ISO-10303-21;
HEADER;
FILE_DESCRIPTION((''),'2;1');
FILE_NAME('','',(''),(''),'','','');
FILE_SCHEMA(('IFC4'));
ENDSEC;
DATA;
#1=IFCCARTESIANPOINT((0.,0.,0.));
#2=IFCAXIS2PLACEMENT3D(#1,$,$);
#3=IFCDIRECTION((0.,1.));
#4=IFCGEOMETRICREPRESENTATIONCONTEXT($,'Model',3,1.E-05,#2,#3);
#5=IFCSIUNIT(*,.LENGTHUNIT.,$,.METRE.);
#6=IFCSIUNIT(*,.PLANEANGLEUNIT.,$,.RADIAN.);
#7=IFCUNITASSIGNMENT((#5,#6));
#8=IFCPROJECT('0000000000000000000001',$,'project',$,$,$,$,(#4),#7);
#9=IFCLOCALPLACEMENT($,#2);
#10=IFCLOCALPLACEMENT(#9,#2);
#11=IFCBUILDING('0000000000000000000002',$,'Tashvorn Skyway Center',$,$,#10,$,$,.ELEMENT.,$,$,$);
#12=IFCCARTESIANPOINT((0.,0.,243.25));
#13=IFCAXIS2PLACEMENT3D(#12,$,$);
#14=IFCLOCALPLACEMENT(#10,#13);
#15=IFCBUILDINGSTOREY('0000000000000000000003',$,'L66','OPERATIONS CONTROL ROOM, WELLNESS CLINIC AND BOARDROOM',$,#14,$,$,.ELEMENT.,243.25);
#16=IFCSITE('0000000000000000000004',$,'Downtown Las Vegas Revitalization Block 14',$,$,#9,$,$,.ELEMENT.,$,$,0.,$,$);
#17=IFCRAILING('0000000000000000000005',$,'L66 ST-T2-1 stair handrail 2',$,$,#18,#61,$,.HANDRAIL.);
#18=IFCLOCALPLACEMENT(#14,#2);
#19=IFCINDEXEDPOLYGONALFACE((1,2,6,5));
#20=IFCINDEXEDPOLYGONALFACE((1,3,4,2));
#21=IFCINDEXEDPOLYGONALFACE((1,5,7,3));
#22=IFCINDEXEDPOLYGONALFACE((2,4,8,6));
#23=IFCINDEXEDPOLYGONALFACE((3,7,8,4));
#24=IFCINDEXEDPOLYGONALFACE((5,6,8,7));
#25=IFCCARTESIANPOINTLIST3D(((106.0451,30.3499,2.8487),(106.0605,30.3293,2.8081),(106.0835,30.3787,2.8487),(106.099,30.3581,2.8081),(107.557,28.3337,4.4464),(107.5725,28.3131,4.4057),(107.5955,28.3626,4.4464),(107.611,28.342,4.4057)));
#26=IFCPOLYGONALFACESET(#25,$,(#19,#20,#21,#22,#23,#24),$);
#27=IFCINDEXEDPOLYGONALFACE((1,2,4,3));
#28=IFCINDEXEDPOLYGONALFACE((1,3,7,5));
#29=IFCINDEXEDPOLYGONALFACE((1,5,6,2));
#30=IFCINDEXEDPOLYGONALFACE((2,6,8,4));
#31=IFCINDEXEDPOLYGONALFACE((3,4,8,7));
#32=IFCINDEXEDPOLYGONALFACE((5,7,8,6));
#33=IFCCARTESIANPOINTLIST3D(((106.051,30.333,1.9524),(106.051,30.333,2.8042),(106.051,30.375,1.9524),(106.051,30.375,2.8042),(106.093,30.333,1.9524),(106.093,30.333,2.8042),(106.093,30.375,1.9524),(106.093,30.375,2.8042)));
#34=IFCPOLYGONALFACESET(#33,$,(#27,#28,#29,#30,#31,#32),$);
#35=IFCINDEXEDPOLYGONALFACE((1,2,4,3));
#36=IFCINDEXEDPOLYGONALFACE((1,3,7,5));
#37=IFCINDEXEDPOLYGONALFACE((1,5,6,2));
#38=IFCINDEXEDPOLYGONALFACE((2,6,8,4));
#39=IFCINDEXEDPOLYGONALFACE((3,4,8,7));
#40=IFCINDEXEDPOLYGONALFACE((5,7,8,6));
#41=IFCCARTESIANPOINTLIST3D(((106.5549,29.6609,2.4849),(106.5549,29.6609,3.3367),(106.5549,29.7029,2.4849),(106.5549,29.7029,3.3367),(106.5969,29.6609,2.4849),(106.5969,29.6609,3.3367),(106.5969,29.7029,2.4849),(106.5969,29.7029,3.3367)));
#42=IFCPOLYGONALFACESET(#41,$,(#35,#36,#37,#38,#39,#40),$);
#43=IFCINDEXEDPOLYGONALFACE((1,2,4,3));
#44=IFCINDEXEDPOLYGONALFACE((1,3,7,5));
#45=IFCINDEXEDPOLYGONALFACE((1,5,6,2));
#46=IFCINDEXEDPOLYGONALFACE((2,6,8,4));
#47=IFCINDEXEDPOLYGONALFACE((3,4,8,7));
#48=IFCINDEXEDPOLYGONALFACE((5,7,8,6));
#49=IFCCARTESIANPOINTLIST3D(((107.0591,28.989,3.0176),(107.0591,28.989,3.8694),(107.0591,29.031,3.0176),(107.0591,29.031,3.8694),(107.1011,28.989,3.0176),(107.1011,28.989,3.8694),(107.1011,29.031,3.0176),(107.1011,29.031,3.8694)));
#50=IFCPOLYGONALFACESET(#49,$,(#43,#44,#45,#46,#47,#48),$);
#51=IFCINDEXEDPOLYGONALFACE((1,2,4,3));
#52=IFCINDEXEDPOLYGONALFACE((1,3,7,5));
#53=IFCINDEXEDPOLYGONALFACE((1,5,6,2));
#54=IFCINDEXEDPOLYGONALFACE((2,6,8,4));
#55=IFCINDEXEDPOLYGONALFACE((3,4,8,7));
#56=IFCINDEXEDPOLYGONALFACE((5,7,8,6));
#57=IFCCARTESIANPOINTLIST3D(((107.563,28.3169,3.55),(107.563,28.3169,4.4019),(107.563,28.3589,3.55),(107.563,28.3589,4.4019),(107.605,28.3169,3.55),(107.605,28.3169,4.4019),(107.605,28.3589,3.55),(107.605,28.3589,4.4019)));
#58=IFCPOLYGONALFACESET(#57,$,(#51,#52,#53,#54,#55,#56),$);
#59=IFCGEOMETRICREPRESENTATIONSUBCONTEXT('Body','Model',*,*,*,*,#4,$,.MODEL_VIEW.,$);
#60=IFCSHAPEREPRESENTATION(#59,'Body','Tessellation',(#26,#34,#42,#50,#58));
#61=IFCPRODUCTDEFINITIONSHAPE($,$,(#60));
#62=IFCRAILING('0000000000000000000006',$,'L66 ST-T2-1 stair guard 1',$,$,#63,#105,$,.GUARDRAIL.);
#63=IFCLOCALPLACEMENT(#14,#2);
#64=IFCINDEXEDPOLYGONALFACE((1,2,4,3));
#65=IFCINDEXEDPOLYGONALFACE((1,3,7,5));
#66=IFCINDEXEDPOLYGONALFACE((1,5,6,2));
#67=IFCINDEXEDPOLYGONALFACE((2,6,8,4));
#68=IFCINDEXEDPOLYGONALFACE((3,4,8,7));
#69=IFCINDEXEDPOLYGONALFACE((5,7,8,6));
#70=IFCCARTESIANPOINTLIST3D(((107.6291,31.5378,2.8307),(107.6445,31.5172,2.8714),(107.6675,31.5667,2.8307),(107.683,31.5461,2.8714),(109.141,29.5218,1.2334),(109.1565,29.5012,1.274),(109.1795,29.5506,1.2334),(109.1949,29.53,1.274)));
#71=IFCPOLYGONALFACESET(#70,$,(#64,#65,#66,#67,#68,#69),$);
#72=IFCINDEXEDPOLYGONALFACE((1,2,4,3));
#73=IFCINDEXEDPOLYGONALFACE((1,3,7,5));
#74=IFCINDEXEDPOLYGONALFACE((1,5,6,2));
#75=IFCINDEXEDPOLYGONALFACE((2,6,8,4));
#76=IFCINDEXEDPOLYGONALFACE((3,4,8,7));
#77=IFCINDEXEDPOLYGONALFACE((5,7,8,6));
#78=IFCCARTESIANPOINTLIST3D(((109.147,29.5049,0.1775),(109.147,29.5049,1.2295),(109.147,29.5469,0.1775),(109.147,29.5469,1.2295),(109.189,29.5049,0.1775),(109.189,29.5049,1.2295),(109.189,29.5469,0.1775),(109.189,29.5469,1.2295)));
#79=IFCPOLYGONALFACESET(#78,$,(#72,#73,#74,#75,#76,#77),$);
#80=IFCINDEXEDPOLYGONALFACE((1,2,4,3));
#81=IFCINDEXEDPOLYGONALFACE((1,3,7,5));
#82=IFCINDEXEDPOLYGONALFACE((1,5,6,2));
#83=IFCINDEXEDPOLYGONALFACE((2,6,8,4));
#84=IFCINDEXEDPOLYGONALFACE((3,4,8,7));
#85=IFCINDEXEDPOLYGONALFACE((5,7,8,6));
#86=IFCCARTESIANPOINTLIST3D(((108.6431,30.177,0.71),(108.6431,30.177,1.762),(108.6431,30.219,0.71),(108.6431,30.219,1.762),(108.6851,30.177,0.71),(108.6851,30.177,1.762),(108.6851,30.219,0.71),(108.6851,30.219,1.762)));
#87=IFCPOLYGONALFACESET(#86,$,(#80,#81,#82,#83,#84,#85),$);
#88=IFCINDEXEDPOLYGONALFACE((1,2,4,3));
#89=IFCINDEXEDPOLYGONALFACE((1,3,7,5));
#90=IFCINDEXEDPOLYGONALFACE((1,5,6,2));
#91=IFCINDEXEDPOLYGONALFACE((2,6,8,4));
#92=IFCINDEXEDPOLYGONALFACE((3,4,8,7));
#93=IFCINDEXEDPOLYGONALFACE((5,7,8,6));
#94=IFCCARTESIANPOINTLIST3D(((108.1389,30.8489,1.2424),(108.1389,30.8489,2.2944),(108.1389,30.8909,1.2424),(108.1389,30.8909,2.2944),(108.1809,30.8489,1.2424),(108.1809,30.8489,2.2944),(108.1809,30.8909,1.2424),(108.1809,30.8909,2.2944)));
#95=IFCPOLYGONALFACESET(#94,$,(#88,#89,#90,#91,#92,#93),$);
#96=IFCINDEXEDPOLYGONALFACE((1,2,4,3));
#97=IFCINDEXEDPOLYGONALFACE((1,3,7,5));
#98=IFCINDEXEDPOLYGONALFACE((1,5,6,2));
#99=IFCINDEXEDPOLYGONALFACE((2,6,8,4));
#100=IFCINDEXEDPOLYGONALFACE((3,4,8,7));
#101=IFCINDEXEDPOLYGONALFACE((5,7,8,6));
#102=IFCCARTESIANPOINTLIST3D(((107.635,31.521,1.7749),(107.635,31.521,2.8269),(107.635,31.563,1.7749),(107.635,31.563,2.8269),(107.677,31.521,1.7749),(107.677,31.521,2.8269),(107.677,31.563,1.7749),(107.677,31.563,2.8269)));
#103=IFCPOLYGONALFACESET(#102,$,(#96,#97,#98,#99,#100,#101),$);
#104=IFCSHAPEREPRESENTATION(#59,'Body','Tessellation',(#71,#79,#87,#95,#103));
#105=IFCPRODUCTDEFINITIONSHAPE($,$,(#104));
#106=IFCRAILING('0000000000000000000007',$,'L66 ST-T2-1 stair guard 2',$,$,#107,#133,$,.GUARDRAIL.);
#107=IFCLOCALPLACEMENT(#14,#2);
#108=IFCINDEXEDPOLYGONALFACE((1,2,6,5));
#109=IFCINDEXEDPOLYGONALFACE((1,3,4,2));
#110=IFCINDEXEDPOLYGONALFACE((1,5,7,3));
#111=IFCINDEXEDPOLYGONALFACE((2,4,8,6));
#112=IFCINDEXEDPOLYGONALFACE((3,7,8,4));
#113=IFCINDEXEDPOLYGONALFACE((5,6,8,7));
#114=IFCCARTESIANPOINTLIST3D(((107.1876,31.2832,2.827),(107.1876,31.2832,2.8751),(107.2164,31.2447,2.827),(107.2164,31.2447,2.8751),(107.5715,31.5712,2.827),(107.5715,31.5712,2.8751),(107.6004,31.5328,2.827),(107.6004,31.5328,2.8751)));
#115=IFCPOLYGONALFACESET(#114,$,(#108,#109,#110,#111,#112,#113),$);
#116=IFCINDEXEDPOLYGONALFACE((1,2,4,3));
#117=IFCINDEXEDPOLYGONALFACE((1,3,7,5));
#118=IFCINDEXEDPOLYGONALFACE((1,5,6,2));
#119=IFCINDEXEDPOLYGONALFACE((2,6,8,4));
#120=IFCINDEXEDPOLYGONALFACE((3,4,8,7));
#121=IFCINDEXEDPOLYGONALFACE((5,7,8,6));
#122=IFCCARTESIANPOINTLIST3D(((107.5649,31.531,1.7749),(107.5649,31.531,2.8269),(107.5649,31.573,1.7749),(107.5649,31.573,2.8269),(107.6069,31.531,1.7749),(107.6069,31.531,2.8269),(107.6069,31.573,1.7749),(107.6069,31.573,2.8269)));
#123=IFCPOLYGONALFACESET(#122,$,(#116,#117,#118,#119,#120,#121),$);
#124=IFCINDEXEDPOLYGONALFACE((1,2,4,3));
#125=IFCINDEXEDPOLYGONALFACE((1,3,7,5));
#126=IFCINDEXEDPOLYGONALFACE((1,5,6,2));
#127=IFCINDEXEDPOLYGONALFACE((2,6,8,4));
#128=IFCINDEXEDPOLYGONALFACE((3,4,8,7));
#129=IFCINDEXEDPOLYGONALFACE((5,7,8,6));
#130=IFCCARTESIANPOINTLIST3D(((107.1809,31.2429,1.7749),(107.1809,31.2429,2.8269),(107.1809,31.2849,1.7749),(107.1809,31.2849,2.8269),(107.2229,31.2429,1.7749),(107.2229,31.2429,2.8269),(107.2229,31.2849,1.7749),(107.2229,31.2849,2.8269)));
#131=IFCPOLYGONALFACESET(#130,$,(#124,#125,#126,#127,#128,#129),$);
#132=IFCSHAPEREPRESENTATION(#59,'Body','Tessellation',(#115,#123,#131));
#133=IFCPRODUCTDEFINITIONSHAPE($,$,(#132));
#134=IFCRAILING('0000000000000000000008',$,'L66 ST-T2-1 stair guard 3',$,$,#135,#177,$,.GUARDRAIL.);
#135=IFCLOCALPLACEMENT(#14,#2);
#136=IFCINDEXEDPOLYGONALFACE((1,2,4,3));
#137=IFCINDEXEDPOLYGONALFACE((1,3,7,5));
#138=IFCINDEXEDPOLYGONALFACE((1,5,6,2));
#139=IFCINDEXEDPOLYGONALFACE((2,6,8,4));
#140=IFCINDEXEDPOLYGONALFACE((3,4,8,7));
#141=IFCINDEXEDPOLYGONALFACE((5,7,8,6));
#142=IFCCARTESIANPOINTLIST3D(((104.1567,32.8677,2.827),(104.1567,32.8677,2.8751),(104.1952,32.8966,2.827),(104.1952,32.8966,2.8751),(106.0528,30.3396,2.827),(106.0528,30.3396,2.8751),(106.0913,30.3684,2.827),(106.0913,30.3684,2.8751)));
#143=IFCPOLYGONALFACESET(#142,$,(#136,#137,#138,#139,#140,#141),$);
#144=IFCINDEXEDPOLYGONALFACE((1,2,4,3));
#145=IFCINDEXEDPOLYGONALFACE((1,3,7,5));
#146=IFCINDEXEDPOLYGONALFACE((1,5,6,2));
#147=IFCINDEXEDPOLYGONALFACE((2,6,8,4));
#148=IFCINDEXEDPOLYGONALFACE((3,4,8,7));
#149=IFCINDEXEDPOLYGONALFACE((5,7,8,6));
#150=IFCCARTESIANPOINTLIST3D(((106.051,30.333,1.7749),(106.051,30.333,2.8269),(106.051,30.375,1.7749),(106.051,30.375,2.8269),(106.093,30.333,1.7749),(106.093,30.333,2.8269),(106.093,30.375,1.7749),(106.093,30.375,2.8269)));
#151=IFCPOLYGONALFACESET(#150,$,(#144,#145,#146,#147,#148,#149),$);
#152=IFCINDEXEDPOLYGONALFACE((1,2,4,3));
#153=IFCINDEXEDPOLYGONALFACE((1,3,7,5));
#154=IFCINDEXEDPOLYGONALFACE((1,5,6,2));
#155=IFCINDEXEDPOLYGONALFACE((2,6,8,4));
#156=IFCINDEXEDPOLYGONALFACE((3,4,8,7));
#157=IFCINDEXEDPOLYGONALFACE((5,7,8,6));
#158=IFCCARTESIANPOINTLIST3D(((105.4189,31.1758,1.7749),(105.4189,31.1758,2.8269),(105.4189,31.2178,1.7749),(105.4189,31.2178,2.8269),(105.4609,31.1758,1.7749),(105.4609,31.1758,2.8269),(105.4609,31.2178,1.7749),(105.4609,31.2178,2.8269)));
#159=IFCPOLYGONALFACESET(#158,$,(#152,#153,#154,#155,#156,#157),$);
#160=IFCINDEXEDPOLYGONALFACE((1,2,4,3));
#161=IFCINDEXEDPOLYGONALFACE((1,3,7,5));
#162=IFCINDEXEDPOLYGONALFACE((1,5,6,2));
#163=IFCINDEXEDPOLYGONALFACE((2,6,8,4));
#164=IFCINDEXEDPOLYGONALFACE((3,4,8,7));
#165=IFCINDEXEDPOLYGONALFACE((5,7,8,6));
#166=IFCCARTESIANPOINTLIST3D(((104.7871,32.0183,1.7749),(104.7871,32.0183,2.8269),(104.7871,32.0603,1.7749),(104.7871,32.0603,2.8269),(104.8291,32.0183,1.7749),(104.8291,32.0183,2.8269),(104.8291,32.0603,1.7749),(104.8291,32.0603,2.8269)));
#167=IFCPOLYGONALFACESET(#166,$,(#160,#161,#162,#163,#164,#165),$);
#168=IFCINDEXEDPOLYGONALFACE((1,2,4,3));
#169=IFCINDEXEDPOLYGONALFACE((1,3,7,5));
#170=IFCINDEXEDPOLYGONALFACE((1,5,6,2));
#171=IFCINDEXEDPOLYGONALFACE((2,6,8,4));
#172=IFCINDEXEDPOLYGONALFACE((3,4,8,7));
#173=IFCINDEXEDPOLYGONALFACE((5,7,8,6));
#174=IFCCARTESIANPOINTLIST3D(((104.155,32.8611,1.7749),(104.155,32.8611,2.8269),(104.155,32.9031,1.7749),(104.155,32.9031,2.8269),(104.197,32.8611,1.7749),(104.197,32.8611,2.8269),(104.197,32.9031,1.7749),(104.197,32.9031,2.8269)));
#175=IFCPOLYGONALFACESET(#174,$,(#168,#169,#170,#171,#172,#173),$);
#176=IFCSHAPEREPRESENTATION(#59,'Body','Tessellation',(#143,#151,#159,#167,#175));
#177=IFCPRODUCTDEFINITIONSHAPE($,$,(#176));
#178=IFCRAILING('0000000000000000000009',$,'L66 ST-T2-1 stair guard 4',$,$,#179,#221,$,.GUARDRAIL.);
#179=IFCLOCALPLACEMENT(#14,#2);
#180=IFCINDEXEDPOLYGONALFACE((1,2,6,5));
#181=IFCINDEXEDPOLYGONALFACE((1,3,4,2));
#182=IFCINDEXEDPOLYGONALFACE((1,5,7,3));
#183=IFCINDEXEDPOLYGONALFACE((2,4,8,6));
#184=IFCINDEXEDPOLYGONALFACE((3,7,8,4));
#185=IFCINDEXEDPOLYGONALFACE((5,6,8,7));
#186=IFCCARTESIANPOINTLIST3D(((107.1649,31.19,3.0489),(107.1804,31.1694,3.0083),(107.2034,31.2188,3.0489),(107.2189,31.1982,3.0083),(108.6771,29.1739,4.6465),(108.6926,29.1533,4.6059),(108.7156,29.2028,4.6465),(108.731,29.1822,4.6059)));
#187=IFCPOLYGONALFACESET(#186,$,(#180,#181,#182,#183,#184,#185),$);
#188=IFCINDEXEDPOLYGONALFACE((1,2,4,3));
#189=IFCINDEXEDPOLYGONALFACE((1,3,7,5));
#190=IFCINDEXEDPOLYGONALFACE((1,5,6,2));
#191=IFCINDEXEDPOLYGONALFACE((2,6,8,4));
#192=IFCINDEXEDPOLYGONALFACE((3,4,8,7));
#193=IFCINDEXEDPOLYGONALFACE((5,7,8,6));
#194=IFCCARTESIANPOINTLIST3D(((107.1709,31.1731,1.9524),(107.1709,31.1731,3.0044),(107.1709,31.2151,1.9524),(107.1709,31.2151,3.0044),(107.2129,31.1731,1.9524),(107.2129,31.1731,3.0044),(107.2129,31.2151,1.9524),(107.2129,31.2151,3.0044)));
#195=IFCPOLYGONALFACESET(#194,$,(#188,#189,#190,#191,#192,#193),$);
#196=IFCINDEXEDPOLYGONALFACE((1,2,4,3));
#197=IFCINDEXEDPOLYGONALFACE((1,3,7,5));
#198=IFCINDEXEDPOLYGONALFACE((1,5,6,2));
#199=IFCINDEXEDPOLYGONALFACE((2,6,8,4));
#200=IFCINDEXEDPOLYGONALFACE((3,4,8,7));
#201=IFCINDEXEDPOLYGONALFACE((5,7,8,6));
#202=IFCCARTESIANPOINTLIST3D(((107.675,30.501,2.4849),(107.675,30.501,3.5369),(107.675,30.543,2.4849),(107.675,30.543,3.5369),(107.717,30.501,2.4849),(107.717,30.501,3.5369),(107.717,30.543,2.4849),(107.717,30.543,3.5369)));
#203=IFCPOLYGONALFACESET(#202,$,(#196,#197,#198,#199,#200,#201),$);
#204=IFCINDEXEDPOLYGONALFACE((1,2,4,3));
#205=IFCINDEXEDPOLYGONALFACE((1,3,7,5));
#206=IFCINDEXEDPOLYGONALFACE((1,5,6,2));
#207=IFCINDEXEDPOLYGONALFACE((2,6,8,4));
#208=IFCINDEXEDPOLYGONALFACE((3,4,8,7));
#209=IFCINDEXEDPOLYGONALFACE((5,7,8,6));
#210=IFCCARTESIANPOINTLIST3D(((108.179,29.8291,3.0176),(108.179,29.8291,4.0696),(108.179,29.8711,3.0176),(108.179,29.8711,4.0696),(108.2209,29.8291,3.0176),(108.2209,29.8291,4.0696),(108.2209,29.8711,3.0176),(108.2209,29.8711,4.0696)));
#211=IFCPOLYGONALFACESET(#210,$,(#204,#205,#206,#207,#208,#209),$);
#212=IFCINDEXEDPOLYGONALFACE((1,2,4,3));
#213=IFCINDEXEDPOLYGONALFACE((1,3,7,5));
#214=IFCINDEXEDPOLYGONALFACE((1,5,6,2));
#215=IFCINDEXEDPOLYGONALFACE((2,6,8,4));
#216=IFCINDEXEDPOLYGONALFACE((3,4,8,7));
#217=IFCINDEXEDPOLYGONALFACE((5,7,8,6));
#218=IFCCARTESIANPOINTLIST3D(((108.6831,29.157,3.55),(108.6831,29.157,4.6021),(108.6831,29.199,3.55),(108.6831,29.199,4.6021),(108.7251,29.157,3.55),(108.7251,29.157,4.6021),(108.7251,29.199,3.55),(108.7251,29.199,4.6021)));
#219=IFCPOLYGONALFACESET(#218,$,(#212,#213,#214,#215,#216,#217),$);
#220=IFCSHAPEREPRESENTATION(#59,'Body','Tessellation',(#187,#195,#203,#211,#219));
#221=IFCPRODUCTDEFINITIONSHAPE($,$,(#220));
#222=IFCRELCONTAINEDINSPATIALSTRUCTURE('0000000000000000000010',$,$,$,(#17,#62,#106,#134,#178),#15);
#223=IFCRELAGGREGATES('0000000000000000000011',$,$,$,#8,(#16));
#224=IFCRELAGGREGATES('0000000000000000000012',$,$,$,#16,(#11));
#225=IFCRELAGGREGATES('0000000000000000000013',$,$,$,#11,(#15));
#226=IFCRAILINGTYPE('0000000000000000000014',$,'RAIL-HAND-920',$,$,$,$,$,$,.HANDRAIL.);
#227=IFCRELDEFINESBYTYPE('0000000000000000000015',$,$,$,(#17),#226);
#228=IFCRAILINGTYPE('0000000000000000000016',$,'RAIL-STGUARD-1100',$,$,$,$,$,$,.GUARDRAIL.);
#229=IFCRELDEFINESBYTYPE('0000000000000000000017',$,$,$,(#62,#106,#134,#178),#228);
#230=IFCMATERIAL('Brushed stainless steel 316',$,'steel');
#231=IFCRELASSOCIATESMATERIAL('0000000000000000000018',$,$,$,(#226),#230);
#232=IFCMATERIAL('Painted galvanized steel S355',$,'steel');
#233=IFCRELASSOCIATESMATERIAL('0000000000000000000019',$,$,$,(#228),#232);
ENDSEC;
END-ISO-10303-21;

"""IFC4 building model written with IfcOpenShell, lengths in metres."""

from ifc_helpers import new_model, si_unit, direction, frame, origin, origin_2d, place, context, subcontext, project, spatial, rectangle, extrude, material, type_object, element, save


model = new_model("IFC4")

# Units and contexts
model_context = context("Model", 3, precision=1e-05, world=origin(), true_north=direction((0.0, 1.0)))
body_context = subcontext(model_context, "Body", "Model", "MODEL_VIEW")
ifc_project = project(units=[si_unit("LENGTHUNIT", "METRE"), si_unit("PLANEANGLEUNIT", "RADIAN")], contexts=[model_context])

# Site, building, storey
site_placement = place(None, origin())
site = spatial("IfcSite", under=ifc_project, at=site_placement, Name="Downtown Las Vegas Revitalization Block 14", CompositionType="ELEMENT", RefElevation=0.0)
building_placement = place(site_placement, origin())
building = spatial("IfcBuilding", under=site, at=building_placement, Name="Tashvorn Skyway Center", CompositionType="ELEMENT")
storey_placement = place(building_placement, frame((0.0, 0.0, 243.25)))
storey = spatial("IfcBuildingStorey", under=building, at=storey_placement, Name="L66", Description="OPERATIONS CONTROL ROOM, WELLNESS CLINIC AND BOARDROOM", CompositionType="ELEMENT", Elevation=243.25)

# Railings
ifc_material_1 = material(Name="Brushed stainless steel 316", Category="steel")
railing_type_1 = type_object("IfcRailingType", Name="RAIL-HAND-920", PredefinedType="HANDRAIL", material=ifc_material_1)
railing_1_placement = place(storey_placement, frame((106.072, 30.354, 1.9524)))
element("IfcRailing", 1, at=railing_1_placement, inside=storey, type_object=railing_type_1, Name="L66 ST-T2-1 stair handrail 2", PredefinedType="HANDRAIL", context=body_context, shape_type="SweptSolid", body=[
    extrude(rectangle(XDim=0.0481, YDim=0.0481, at=origin_2d()), frame((0.0, 0.0, 0.876), z_axis=(0.506719, -0.675679, 0.535438), x_axis=(0.800023, 0.599969, 0.0)), (0.0, 0.0, 1.0), 2.9839),
    extrude(rectangle(XDim=0.042, YDim=0.042, at=origin_2d()), origin(), (0.0, 0.0, 1.0), 0.8518),
    extrude(rectangle(XDim=0.042, YDim=0.042, at=origin_2d()), frame((0.5039, -0.6721, 0.5325)), (0.0, 0.0, 1.0), 0.8518),
    extrude(rectangle(XDim=0.042, YDim=0.042, at=origin_2d()), frame((1.0081, -1.344, 1.0652)), (0.0, 0.0, 1.0), 0.8518),
    extrude(rectangle(XDim=0.042, YDim=0.042, at=origin_2d()), frame((1.512, -2.0161, 1.5977)), (0.0, 0.0, 1.0), 0.8518),
])
ifc_material_2 = material(Name="Painted galvanized steel S355", Category="steel")
railing_type_2 = type_object("IfcRailingType", Name="RAIL-STGUARD-1100", PredefinedType="GUARDRAIL", material=ifc_material_2)
railing_2_placement = place(storey_placement, frame((109.168, 29.5259, 0.1775)))
element("IfcRailing", 2, at=railing_2_placement, inside=storey, type_object=railing_type_2, Name="L66 ST-T2-1 stair guard 1", PredefinedType="GUARDRAIL", context=body_context, shape_type="SweptSolid", body=[
    extrude(rectangle(XDim=0.0481, YDim=0.0481, at=origin_2d()), frame((0.0, 0.0, 1.0762), z_axis=(-0.506741, 0.675709, 0.535379), x_axis=(-0.800023, -0.599969, 0.0)), (0.0, 0.0, 1.0), 2.9836),
    extrude(rectangle(XDim=0.042, YDim=0.042, at=origin_2d()), origin(), (0.0, 0.0, 1.0), 1.052),
    extrude(rectangle(XDim=0.042, YDim=0.042, at=origin_2d()), frame((-0.5039, 0.6721, 0.5325)), (0.0, 0.0, 1.0), 1.052),
    extrude(rectangle(XDim=0.042, YDim=0.042, at=origin_2d()), frame((-1.0081, 1.344, 1.0649)), (0.0, 0.0, 1.0), 1.052),
    extrude(rectangle(XDim=0.042, YDim=0.042, at=origin_2d()), frame((-1.512, 2.0161, 1.5974)), (0.0, 0.0, 1.0), 1.052),
])
railing_3_placement = place(storey_placement, frame((107.5859, 31.552, 1.7749)))
element("IfcRailing", 3, at=railing_3_placement, inside=storey, type_object=railing_type_2, Name="L66 ST-T2-1 stair guard 2", PredefinedType="GUARDRAIL", context=body_context, shape_type="SweptSolid", body=[
    extrude(rectangle(XDim=0.0481, YDim=0.0481, at=origin_2d()), frame((0.0, 0.0, 1.0762), z_axis=(-0.799939, -0.600081, 0.0), x_axis=(0.600081, -0.799939, 0.0)), (0.0, 0.0, 1.0), 0.48),
    extrude(rectangle(XDim=0.042, YDim=0.042, at=origin_2d()), origin(), (0.0, 0.0, 1.0), 1.052),
    extrude(rectangle(XDim=0.042, YDim=0.042, at=origin_2d()), frame((-0.384, -0.2881, 0.0)), (0.0, 0.0, 1.0), 1.052),
])
railing_4_placement = place(storey_placement, frame((106.072, 30.354, 1.7749)))
element("IfcRailing", 4, at=railing_4_placement, inside=storey, type_object=railing_type_2, Name="L66 ST-T2-1 stair guard 3", PredefinedType="GUARDRAIL", context=body_context, shape_type="SweptSolid", body=[
    extrude(rectangle(XDim=0.0481, YDim=0.0481, at=origin_2d()), frame((0.0, 0.0, 1.0762), z_axis=(-0.599988, 0.800009, 0.0), x_axis=(-0.800009, -0.599988, 0.0)), (0.0, 0.0, 1.0), 3.1602),
    extrude(rectangle(XDim=0.042, YDim=0.042, at=origin_2d()), origin(), (0.0, 0.0, 1.0), 1.052),
    extrude(rectangle(XDim=0.042, YDim=0.042, at=origin_2d()), frame((-0.6321, 0.8428, 0.0)), (0.0, 0.0, 1.0), 1.052),
    extrude(rectangle(XDim=0.042, YDim=0.042, at=origin_2d()), frame((-1.2639, 1.6853, 0.0)), (0.0, 0.0, 1.0), 1.052),
    extrude(rectangle(XDim=0.042, YDim=0.042, at=origin_2d()), frame((-1.896, 2.5281, 0.0)), (0.0, 0.0, 1.0), 1.052),
])
railing_5_placement = place(storey_placement, frame((107.1919, 31.1941, 1.9524)))
element("IfcRailing", 5, at=railing_5_placement, inside=storey, type_object=railing_type_2, Name="L66 ST-T2-1 stair guard 4", PredefinedType="GUARDRAIL", context=body_context, shape_type="SweptSolid", body=[
    extrude(rectangle(XDim=0.0481, YDim=0.0481, at=origin_2d()), frame((0.0, 0.0, 1.0762), z_axis=(0.506779, -0.675651, 0.535416), x_axis=(0.799977, 0.600031, 0.0)), (0.0, 0.0, 1.0), 2.9839),
    extrude(rectangle(XDim=0.042, YDim=0.042, at=origin_2d()), origin(), (0.0, 0.0, 1.0), 1.052),
    extrude(rectangle(XDim=0.042, YDim=0.042, at=origin_2d()), frame((0.5042, -0.6721, 0.5325)), (0.0, 0.0, 1.0), 1.052),
    extrude(rectangle(XDim=0.042, YDim=0.042, at=origin_2d()), frame((1.0081, -1.344, 1.0652)), (0.0, 0.0, 1.0), 1.052),
    extrude(rectangle(XDim=0.042, YDim=0.042, at=origin_2d()), frame((1.5122, -2.0161, 1.5977)), (0.0, 0.0, 1.0), 1.052),
])

save(model, "model.ifc")
